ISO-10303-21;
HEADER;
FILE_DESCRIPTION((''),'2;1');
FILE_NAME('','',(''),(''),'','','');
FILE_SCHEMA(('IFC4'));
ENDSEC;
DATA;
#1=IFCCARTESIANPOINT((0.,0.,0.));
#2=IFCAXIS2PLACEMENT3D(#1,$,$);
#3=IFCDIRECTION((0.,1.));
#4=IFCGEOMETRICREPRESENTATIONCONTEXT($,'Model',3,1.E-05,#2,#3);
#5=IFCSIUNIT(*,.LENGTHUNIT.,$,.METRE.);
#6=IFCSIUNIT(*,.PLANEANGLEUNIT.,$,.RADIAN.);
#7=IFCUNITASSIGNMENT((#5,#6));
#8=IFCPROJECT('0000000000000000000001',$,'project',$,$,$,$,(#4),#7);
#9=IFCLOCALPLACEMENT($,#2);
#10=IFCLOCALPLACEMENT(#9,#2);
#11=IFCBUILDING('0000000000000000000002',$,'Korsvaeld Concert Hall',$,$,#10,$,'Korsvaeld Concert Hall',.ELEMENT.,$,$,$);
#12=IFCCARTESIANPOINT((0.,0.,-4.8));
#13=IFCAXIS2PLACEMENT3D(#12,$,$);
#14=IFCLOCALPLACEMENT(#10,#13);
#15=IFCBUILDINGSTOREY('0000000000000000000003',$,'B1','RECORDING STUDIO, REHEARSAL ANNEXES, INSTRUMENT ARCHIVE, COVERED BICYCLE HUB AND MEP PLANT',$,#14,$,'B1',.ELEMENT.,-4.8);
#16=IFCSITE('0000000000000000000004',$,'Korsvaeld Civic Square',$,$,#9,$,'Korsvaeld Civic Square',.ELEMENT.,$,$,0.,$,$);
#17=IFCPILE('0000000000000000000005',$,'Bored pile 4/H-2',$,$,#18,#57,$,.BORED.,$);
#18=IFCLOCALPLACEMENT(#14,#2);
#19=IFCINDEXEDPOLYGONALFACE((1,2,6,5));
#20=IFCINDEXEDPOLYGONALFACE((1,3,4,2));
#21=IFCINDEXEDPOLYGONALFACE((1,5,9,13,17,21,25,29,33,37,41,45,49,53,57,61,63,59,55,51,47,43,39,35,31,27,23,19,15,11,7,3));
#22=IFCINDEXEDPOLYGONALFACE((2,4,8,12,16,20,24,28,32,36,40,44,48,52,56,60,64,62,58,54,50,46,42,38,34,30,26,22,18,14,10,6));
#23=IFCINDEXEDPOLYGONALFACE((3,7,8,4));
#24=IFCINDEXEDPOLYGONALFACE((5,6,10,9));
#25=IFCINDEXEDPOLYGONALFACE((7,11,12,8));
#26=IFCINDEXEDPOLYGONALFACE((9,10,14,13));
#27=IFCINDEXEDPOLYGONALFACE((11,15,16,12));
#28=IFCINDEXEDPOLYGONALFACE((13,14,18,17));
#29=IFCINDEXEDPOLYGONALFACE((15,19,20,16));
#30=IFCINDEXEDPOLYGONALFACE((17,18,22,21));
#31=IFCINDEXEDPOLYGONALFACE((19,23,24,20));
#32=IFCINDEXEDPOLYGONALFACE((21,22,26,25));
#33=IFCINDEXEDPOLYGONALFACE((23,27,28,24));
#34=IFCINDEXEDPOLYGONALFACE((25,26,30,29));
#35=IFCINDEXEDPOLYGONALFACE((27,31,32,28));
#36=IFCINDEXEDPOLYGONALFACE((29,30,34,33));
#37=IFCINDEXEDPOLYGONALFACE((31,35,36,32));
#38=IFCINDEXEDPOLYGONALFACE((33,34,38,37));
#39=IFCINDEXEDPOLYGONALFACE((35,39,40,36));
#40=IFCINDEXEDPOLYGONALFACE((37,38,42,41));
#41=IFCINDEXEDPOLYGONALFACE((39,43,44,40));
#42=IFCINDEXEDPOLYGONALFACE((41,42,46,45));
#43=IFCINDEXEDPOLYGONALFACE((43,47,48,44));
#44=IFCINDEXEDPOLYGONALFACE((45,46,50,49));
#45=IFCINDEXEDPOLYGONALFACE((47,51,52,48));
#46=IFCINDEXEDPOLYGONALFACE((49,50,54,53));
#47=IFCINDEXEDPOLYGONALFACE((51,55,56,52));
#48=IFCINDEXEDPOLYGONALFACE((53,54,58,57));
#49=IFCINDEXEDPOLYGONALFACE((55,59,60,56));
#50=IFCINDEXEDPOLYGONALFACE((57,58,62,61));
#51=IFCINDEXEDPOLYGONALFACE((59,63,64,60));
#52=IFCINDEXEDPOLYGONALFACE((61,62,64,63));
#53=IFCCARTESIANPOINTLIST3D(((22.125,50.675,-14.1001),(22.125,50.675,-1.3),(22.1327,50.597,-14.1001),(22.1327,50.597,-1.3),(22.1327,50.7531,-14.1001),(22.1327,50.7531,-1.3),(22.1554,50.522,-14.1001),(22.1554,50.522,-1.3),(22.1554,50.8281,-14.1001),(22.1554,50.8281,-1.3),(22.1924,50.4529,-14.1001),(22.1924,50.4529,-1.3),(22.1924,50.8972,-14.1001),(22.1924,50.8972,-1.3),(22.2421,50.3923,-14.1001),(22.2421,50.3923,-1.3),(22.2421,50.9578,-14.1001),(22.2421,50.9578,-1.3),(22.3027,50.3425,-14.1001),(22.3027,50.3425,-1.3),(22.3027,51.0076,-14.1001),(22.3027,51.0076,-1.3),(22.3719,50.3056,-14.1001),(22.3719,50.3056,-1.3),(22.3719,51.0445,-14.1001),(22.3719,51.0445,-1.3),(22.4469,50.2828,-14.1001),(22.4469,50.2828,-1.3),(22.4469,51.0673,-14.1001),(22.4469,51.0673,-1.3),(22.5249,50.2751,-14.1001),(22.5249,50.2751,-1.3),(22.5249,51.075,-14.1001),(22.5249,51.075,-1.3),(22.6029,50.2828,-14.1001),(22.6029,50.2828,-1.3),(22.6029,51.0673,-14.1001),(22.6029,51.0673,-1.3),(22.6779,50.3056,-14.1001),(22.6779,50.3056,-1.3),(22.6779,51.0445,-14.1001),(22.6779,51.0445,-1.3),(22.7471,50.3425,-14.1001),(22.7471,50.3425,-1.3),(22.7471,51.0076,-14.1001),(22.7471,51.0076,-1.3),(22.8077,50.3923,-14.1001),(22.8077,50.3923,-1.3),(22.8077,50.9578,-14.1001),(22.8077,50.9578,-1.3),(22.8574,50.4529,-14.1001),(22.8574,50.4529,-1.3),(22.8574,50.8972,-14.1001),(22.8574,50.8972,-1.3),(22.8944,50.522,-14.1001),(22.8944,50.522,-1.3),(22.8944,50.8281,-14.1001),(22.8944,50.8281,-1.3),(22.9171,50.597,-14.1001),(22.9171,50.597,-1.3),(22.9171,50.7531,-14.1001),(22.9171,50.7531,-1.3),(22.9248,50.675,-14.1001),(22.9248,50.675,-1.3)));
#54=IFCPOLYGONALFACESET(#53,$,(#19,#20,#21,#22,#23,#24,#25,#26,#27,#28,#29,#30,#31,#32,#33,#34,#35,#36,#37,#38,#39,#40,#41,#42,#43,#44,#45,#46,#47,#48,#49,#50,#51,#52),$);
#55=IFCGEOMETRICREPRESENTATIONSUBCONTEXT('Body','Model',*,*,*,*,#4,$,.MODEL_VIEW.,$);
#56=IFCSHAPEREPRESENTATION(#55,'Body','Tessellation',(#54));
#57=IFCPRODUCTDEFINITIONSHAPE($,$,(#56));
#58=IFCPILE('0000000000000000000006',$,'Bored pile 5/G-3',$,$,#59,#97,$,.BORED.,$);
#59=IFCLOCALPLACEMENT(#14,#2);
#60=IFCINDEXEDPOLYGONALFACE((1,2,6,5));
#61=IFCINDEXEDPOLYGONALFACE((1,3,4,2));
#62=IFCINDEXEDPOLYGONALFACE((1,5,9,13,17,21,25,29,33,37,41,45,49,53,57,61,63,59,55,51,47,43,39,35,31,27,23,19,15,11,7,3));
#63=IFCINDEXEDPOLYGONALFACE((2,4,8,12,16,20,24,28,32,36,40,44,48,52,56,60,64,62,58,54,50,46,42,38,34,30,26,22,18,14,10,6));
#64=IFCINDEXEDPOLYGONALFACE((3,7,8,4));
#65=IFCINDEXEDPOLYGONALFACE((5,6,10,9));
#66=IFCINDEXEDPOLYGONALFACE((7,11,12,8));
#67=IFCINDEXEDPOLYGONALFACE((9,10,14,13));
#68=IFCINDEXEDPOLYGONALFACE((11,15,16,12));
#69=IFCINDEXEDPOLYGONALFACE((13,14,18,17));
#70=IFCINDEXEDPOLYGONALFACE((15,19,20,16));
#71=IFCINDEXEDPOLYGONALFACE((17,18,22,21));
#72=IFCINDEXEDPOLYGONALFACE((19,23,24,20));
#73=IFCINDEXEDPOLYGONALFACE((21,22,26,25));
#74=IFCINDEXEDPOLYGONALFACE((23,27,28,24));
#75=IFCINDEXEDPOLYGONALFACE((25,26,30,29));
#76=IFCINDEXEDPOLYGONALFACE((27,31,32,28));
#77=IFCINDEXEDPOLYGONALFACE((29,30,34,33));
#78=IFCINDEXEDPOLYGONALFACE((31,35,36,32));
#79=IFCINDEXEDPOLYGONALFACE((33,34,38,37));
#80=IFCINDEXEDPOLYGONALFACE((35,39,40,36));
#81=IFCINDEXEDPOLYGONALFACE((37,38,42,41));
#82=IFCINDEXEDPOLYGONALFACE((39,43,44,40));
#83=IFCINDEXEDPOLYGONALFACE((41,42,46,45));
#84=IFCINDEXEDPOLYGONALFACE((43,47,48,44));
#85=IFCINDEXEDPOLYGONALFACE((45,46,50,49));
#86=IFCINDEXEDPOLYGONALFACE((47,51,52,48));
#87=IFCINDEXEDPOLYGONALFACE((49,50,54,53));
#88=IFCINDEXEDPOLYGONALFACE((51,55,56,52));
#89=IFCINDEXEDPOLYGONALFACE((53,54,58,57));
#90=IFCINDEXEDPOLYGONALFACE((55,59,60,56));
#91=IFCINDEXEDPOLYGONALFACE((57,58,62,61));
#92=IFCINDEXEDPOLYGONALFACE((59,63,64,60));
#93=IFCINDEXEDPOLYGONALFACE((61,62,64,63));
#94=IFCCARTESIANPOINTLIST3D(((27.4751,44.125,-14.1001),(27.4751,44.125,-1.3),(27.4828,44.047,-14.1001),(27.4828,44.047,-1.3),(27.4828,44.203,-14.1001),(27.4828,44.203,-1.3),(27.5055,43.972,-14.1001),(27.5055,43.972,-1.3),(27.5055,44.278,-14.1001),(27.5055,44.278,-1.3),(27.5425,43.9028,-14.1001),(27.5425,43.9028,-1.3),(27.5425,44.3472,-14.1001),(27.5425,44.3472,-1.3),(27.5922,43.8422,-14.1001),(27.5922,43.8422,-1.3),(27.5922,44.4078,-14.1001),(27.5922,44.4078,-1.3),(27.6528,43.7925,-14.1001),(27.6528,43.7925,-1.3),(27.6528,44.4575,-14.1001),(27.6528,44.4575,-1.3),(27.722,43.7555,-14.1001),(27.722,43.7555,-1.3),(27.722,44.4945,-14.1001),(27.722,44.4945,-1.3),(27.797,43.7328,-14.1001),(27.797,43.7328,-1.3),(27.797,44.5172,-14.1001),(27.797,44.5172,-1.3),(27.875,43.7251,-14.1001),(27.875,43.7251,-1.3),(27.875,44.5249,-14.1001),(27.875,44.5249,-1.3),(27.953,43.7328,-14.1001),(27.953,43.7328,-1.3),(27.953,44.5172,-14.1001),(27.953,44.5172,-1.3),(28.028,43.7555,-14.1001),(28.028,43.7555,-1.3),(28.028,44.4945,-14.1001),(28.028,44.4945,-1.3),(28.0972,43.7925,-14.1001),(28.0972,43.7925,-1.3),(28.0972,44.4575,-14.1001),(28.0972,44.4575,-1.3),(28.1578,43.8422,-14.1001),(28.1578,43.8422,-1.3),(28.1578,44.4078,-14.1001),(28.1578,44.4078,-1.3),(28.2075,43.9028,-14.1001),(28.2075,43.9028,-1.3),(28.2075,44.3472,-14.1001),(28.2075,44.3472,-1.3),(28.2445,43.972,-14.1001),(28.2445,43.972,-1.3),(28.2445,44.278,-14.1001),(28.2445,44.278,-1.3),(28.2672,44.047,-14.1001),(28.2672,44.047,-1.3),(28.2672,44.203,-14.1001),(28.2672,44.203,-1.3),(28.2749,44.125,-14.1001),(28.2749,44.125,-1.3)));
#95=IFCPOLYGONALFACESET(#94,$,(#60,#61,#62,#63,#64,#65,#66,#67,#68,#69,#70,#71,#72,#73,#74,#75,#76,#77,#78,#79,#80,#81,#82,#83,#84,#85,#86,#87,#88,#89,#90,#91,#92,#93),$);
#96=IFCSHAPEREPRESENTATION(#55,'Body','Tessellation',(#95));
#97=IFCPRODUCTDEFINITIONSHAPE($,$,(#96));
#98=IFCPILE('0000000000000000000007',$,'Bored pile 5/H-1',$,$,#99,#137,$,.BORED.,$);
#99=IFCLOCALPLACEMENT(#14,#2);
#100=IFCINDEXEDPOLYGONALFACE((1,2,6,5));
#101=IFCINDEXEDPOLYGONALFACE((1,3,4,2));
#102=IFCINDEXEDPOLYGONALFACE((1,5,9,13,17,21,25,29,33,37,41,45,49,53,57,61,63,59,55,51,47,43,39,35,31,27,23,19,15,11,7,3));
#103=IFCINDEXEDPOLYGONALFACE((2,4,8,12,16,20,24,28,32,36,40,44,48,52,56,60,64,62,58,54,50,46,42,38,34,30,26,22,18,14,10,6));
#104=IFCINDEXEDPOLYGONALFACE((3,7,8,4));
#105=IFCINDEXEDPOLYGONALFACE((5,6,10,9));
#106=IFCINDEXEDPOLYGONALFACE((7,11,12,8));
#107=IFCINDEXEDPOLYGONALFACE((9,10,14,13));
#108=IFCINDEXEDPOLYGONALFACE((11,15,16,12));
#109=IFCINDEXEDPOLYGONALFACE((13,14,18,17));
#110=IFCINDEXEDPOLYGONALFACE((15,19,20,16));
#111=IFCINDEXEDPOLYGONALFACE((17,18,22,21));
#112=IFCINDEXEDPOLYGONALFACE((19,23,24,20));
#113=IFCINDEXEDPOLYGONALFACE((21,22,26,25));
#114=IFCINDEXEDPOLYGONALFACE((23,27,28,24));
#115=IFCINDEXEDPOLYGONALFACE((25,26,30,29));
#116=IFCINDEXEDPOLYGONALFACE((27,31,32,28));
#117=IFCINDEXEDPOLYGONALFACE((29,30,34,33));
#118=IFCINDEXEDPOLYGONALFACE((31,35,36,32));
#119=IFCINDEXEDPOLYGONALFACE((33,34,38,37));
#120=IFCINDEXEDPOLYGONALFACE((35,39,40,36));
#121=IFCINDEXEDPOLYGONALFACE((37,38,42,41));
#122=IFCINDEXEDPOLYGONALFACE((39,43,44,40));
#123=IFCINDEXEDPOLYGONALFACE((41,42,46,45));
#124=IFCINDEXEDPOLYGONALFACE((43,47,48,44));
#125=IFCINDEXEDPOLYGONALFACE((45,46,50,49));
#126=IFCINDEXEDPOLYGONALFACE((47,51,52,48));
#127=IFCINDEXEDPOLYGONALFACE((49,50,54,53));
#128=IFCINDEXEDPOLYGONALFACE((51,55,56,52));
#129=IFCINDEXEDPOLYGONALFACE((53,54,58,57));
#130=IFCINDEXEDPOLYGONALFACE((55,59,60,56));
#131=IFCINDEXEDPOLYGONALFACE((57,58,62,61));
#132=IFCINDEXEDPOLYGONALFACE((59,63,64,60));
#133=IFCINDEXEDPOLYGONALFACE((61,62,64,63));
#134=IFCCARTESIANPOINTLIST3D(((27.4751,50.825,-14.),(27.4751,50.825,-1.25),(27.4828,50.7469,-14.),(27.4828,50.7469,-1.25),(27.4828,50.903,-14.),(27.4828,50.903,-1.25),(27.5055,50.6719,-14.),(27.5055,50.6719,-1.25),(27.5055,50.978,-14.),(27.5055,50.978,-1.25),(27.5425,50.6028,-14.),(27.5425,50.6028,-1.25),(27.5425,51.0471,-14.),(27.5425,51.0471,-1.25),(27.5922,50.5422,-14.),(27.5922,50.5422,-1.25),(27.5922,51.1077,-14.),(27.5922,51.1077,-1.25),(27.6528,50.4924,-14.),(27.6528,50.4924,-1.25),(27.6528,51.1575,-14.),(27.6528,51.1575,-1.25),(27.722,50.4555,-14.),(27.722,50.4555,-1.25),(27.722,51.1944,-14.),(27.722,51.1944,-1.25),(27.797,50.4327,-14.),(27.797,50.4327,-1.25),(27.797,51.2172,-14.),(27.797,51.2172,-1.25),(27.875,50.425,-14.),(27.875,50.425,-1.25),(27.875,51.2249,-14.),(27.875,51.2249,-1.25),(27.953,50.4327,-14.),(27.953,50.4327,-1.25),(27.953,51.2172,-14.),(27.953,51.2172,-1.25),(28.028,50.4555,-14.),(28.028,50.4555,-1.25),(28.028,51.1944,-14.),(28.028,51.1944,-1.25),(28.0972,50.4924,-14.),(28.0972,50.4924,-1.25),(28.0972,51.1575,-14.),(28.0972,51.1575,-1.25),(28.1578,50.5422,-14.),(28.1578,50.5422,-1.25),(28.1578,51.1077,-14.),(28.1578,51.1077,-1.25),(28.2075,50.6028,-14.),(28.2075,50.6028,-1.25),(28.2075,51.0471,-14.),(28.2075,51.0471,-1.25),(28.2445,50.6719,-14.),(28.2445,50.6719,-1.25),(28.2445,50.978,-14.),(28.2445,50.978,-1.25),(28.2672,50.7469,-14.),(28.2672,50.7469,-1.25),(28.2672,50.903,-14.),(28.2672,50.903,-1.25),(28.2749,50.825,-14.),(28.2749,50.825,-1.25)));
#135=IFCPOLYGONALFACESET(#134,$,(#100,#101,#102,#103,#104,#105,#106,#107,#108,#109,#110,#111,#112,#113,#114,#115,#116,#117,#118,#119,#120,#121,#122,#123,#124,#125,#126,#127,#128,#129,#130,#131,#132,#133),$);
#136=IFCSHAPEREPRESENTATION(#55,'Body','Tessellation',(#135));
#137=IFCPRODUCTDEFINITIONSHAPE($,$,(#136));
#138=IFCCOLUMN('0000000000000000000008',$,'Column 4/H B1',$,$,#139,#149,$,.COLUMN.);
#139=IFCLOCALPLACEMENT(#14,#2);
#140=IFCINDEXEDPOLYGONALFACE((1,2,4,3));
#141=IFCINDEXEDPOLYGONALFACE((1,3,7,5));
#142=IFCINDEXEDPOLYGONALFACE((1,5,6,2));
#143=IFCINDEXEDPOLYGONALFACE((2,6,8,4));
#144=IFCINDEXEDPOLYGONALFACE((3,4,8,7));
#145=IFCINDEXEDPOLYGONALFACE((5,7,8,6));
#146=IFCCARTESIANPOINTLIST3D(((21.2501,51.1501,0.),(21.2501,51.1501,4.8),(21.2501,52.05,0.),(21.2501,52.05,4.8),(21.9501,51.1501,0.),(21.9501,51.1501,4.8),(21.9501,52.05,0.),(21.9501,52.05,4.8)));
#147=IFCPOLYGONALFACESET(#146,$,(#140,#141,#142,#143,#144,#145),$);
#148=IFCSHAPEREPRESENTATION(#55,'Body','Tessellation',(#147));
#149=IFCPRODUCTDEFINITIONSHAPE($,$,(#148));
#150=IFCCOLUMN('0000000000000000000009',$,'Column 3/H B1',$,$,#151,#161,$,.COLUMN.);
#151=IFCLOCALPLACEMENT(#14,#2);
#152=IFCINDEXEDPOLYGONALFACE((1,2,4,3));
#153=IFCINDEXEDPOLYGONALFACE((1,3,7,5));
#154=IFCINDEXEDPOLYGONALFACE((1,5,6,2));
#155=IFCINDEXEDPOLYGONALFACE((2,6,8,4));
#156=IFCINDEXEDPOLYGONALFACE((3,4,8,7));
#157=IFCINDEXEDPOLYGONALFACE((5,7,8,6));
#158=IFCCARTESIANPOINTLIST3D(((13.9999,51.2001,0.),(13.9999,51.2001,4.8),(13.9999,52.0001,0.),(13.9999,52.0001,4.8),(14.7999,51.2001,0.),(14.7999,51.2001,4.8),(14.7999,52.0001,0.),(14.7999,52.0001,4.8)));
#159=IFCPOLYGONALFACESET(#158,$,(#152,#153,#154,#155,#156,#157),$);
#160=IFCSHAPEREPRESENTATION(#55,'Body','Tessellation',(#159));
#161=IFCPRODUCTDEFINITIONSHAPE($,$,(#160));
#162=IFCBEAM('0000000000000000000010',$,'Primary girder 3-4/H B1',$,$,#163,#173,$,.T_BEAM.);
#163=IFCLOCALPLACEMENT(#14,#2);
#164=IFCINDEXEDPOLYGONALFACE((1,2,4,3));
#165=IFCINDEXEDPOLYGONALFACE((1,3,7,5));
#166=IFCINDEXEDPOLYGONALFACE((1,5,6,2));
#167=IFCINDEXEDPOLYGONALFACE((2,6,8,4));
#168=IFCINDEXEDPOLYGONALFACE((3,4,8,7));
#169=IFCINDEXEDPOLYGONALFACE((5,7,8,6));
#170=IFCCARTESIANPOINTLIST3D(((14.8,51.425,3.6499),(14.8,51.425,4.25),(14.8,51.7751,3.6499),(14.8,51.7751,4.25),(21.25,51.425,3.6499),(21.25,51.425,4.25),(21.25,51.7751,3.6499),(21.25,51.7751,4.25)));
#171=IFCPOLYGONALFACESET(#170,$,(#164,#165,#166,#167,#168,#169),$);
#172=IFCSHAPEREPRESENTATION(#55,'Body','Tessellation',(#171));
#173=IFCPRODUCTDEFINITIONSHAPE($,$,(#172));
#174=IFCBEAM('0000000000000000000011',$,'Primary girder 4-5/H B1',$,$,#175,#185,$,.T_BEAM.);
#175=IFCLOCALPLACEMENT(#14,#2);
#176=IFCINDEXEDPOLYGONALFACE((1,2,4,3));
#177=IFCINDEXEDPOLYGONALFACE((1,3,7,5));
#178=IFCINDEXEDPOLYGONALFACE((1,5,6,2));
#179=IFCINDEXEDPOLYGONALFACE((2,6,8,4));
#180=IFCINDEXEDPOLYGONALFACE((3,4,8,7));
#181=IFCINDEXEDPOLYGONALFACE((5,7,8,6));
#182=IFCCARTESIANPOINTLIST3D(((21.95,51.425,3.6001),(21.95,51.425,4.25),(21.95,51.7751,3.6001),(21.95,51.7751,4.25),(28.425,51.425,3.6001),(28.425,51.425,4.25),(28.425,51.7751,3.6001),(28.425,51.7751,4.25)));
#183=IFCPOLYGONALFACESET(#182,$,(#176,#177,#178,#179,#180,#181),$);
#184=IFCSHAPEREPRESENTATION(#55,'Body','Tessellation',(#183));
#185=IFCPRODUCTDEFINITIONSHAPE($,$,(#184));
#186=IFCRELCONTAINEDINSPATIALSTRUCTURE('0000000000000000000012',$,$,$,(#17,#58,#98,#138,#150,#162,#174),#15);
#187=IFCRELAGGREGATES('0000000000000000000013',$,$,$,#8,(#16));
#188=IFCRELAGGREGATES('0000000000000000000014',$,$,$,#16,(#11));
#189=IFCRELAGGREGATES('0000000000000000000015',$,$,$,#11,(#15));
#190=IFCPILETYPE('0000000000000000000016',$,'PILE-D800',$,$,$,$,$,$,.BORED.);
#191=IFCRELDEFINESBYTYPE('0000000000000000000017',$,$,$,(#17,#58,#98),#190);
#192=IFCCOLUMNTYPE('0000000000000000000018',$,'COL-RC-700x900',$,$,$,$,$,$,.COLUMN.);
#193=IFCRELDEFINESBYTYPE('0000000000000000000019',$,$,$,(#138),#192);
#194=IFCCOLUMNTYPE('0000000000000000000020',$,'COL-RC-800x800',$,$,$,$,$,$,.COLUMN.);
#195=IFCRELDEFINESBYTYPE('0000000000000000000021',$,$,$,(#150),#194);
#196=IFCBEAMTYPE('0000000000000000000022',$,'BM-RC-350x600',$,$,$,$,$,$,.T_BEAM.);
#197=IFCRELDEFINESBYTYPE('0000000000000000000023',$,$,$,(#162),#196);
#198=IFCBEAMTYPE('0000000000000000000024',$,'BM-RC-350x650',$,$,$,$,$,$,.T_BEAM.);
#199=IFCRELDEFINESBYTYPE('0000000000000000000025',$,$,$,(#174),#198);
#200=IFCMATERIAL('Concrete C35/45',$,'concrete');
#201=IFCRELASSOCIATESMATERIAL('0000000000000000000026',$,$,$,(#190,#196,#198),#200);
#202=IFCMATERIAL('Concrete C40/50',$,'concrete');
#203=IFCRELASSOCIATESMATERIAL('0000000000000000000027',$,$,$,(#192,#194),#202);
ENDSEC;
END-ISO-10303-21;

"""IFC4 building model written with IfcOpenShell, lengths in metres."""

from ifc_helpers import new_model, si_unit, direction, frame, origin, origin_2d, place, context, subcontext, project, spatial, rectangle, circle, extrude, material, material_profile, profile_set, type_object, element, save


model = new_model("IFC4")

# Units and contexts
model_context = context("Model", 3, precision=1e-05, world=origin(), true_north=direction((0.0, 1.0)))
body_context = subcontext(model_context, "Body", "Model", "MODEL_VIEW")
ifc_project = project(units=[si_unit("LENGTHUNIT", "METRE"), si_unit("PLANEANGLEUNIT", "RADIAN")], contexts=[model_context])

# Site, building, storey
site_placement = place(None, origin())
site = spatial("IfcSite", under=ifc_project, at=site_placement, Name="Korsvaeld Civic Square", LongName="Korsvaeld Civic Square", CompositionType="ELEMENT", RefElevation=0.0)
building_placement = place(site_placement, origin())
building = spatial("IfcBuilding", under=site, at=building_placement, Name="Korsvaeld Concert Hall", LongName="Korsvaeld Concert Hall", CompositionType="ELEMENT")
storey_placement = place(building_placement, frame((0.0, 0.0, -4.8)))
storey = spatial("IfcBuildingStorey", under=building, at=storey_placement, Name="B1", Description="RECORDING STUDIO, REHEARSAL ANNEXES, INSTRUMENT ARCHIVE, COVERED BICYCLE HUB AND MEP PLANT", LongName="B1", CompositionType="ELEMENT", Elevation=-4.8)

# Shared definitions
ifc_material_1 = material(Name="Concrete C35/45", Category="concrete")

# Piles
ifc_material_profile_1 = material_profile(ifc_material_1, circle(Radius=0.3999, at=origin_2d()), Name="BORED PILE D800")
ifc_profile_set_1 = profile_set([ifc_material_profile_1], Name="Concrete C35/45")
pile_type_1 = type_object("IfcPileType", Name="PILE-D800", PredefinedType="BORED", material=ifc_profile_set_1)
for number, where, z_axis, x_axis, name in (
    (1, (22.5249, 50.675, -1.3), (0.0, 0.0, -1.0), (1.0, 0.0, 0.0), "Bored pile 4/H-2"),
    (2, (27.875, 44.125, -1.3), (0.0, 0.0, -1.0), (1.0, 0.0, 0.0), "Bored pile 5/G-3"),
):
    element("IfcPile", number, at=place(storey_placement, frame(where, z_axis=z_axis, x_axis=x_axis)), inside=storey, type_object=pile_type_1, Name=name, PredefinedType="BORED", context=body_context, shape_type="SweptSolid", body=[
        extrude(circle(Radius=0.3999, at=origin_2d()), origin(), (0.0, 0.0, 1.0), 12.8),
    ])
pile_placement = place(storey_placement, frame((27.875, 50.825, -1.25), z_axis=(0.0, 0.0, -1.0), x_axis=(1.0, 0.0, 0.0)))
element("IfcPile", 3, at=pile_placement, inside=storey, type_object=pile_type_1, Name="Bored pile 5/H-1", PredefinedType="BORED", context=body_context, shape_type="SweptSolid", body=[
    extrude(circle(Radius=0.3999, at=origin_2d()), origin(), (0.0, 0.0, 1.0), 12.75),
])

# Columns
ifc_material_2 = material(Name="Concrete C40/50", Category="concrete")
ifc_material_profile_2 = material_profile(ifc_material_2, rectangle(XDim=0.7, YDim=0.8999, at=origin_2d()), Name="RC 700x900")
ifc_profile_set_2 = profile_set([ifc_material_profile_2], Name="Concrete C40/50")
column_type_1 = type_object("IfcColumnType", Name="COL-RC-700x900", PredefinedType="COLUMN", material=ifc_profile_set_2)
column_1_placement = place(storey_placement, frame((21.6001, 51.6001, 0.0), z_axis=(0.0, 0.0, 1.0), x_axis=(1.0, 0.0, 0.0)))
element("IfcColumn", 4, at=column_1_placement, inside=storey, type_object=column_type_1, Name="Column 4/H B1", PredefinedType="COLUMN", context=body_context, shape_type="SweptSolid", body=[
    extrude(rectangle(XDim=0.7, YDim=0.8999, at=origin_2d()), origin(), (0.0, 0.0, 1.0), 4.8),
])
ifc_material_profile_3 = material_profile(ifc_material_2, rectangle(XDim=0.8, YDim=0.8, at=origin_2d()), Name="RC 800x800")
ifc_profile_set_3 = profile_set([ifc_material_profile_3], Name="Concrete C40/50")
column_type_2 = type_object("IfcColumnType", Name="COL-RC-800x800", PredefinedType="COLUMN", material=ifc_profile_set_3)
column_2_placement = place(storey_placement, frame((14.3999, 51.6001, 0.0), z_axis=(0.0, 0.0, 1.0), x_axis=(1.0, 0.0, 0.0)))
element("IfcColumn", 5, at=column_2_placement, inside=storey, type_object=column_type_2, Name="Column 3/H B1", PredefinedType="COLUMN", context=body_context, shape_type="SweptSolid", body=[
    extrude(rectangle(XDim=0.8, YDim=0.8, at=origin_2d()), origin(), (0.0, 0.0, 1.0), 4.8),
])

# Beams
ifc_material_profile_4 = material_profile(ifc_material_1, rectangle(XDim=0.3501, YDim=0.6001, at=origin_2d()), Name="RC 350x600")
ifc_profile_set_4 = profile_set([ifc_material_profile_4], Name="Concrete C35/45")
beam_type_1 = type_object("IfcBeamType", Name="BM-RC-350x600", PredefinedType="T_BEAM", material=ifc_profile_set_4)
beam_1_placement = place(storey_placement, frame((14.8, 51.6001, 3.95), z_axis=(1.0, 0.0, 0.0), x_axis=(0.0, 1.0, 0.0)))
element("IfcBeam", 6, at=beam_1_placement, inside=storey, type_object=beam_type_1, Name="Primary girder 3-4/H B1", PredefinedType="T_BEAM", context=body_context, shape_type="SweptSolid", body=[
    extrude(rectangle(XDim=0.3501, YDim=0.6001, at=origin_2d()), origin(), (0.0, 0.0, 1.0), 6.45),
])
ifc_material_profile_5 = material_profile(ifc_material_1, rectangle(XDim=0.3501, YDim=0.6499, at=origin_2d()), Name="RC 350x650")
ifc_profile_set_5 = profile_set([ifc_material_profile_5], Name="Concrete C35/45")
beam_type_2 = type_object("IfcBeamType", Name="BM-RC-350x650", PredefinedType="T_BEAM", material=ifc_profile_set_5)
beam_2_placement = place(storey_placement, frame((21.95, 51.6001, 3.925), z_axis=(1.0, 0.0, 0.0), x_axis=(0.0, 1.0, 0.0)))
element("IfcBeam", 7, at=beam_2_placement, inside=storey, type_object=beam_type_2, Name="Primary girder 4-5/H B1", PredefinedType="T_BEAM", context=body_context, shape_type="SweptSolid", body=[
    extrude(rectangle(XDim=0.3501, YDim=0.6499, at=origin_2d()), origin(), (0.0, 0.0, 1.0), 6.4751),
])

save(model, "model.ifc")
